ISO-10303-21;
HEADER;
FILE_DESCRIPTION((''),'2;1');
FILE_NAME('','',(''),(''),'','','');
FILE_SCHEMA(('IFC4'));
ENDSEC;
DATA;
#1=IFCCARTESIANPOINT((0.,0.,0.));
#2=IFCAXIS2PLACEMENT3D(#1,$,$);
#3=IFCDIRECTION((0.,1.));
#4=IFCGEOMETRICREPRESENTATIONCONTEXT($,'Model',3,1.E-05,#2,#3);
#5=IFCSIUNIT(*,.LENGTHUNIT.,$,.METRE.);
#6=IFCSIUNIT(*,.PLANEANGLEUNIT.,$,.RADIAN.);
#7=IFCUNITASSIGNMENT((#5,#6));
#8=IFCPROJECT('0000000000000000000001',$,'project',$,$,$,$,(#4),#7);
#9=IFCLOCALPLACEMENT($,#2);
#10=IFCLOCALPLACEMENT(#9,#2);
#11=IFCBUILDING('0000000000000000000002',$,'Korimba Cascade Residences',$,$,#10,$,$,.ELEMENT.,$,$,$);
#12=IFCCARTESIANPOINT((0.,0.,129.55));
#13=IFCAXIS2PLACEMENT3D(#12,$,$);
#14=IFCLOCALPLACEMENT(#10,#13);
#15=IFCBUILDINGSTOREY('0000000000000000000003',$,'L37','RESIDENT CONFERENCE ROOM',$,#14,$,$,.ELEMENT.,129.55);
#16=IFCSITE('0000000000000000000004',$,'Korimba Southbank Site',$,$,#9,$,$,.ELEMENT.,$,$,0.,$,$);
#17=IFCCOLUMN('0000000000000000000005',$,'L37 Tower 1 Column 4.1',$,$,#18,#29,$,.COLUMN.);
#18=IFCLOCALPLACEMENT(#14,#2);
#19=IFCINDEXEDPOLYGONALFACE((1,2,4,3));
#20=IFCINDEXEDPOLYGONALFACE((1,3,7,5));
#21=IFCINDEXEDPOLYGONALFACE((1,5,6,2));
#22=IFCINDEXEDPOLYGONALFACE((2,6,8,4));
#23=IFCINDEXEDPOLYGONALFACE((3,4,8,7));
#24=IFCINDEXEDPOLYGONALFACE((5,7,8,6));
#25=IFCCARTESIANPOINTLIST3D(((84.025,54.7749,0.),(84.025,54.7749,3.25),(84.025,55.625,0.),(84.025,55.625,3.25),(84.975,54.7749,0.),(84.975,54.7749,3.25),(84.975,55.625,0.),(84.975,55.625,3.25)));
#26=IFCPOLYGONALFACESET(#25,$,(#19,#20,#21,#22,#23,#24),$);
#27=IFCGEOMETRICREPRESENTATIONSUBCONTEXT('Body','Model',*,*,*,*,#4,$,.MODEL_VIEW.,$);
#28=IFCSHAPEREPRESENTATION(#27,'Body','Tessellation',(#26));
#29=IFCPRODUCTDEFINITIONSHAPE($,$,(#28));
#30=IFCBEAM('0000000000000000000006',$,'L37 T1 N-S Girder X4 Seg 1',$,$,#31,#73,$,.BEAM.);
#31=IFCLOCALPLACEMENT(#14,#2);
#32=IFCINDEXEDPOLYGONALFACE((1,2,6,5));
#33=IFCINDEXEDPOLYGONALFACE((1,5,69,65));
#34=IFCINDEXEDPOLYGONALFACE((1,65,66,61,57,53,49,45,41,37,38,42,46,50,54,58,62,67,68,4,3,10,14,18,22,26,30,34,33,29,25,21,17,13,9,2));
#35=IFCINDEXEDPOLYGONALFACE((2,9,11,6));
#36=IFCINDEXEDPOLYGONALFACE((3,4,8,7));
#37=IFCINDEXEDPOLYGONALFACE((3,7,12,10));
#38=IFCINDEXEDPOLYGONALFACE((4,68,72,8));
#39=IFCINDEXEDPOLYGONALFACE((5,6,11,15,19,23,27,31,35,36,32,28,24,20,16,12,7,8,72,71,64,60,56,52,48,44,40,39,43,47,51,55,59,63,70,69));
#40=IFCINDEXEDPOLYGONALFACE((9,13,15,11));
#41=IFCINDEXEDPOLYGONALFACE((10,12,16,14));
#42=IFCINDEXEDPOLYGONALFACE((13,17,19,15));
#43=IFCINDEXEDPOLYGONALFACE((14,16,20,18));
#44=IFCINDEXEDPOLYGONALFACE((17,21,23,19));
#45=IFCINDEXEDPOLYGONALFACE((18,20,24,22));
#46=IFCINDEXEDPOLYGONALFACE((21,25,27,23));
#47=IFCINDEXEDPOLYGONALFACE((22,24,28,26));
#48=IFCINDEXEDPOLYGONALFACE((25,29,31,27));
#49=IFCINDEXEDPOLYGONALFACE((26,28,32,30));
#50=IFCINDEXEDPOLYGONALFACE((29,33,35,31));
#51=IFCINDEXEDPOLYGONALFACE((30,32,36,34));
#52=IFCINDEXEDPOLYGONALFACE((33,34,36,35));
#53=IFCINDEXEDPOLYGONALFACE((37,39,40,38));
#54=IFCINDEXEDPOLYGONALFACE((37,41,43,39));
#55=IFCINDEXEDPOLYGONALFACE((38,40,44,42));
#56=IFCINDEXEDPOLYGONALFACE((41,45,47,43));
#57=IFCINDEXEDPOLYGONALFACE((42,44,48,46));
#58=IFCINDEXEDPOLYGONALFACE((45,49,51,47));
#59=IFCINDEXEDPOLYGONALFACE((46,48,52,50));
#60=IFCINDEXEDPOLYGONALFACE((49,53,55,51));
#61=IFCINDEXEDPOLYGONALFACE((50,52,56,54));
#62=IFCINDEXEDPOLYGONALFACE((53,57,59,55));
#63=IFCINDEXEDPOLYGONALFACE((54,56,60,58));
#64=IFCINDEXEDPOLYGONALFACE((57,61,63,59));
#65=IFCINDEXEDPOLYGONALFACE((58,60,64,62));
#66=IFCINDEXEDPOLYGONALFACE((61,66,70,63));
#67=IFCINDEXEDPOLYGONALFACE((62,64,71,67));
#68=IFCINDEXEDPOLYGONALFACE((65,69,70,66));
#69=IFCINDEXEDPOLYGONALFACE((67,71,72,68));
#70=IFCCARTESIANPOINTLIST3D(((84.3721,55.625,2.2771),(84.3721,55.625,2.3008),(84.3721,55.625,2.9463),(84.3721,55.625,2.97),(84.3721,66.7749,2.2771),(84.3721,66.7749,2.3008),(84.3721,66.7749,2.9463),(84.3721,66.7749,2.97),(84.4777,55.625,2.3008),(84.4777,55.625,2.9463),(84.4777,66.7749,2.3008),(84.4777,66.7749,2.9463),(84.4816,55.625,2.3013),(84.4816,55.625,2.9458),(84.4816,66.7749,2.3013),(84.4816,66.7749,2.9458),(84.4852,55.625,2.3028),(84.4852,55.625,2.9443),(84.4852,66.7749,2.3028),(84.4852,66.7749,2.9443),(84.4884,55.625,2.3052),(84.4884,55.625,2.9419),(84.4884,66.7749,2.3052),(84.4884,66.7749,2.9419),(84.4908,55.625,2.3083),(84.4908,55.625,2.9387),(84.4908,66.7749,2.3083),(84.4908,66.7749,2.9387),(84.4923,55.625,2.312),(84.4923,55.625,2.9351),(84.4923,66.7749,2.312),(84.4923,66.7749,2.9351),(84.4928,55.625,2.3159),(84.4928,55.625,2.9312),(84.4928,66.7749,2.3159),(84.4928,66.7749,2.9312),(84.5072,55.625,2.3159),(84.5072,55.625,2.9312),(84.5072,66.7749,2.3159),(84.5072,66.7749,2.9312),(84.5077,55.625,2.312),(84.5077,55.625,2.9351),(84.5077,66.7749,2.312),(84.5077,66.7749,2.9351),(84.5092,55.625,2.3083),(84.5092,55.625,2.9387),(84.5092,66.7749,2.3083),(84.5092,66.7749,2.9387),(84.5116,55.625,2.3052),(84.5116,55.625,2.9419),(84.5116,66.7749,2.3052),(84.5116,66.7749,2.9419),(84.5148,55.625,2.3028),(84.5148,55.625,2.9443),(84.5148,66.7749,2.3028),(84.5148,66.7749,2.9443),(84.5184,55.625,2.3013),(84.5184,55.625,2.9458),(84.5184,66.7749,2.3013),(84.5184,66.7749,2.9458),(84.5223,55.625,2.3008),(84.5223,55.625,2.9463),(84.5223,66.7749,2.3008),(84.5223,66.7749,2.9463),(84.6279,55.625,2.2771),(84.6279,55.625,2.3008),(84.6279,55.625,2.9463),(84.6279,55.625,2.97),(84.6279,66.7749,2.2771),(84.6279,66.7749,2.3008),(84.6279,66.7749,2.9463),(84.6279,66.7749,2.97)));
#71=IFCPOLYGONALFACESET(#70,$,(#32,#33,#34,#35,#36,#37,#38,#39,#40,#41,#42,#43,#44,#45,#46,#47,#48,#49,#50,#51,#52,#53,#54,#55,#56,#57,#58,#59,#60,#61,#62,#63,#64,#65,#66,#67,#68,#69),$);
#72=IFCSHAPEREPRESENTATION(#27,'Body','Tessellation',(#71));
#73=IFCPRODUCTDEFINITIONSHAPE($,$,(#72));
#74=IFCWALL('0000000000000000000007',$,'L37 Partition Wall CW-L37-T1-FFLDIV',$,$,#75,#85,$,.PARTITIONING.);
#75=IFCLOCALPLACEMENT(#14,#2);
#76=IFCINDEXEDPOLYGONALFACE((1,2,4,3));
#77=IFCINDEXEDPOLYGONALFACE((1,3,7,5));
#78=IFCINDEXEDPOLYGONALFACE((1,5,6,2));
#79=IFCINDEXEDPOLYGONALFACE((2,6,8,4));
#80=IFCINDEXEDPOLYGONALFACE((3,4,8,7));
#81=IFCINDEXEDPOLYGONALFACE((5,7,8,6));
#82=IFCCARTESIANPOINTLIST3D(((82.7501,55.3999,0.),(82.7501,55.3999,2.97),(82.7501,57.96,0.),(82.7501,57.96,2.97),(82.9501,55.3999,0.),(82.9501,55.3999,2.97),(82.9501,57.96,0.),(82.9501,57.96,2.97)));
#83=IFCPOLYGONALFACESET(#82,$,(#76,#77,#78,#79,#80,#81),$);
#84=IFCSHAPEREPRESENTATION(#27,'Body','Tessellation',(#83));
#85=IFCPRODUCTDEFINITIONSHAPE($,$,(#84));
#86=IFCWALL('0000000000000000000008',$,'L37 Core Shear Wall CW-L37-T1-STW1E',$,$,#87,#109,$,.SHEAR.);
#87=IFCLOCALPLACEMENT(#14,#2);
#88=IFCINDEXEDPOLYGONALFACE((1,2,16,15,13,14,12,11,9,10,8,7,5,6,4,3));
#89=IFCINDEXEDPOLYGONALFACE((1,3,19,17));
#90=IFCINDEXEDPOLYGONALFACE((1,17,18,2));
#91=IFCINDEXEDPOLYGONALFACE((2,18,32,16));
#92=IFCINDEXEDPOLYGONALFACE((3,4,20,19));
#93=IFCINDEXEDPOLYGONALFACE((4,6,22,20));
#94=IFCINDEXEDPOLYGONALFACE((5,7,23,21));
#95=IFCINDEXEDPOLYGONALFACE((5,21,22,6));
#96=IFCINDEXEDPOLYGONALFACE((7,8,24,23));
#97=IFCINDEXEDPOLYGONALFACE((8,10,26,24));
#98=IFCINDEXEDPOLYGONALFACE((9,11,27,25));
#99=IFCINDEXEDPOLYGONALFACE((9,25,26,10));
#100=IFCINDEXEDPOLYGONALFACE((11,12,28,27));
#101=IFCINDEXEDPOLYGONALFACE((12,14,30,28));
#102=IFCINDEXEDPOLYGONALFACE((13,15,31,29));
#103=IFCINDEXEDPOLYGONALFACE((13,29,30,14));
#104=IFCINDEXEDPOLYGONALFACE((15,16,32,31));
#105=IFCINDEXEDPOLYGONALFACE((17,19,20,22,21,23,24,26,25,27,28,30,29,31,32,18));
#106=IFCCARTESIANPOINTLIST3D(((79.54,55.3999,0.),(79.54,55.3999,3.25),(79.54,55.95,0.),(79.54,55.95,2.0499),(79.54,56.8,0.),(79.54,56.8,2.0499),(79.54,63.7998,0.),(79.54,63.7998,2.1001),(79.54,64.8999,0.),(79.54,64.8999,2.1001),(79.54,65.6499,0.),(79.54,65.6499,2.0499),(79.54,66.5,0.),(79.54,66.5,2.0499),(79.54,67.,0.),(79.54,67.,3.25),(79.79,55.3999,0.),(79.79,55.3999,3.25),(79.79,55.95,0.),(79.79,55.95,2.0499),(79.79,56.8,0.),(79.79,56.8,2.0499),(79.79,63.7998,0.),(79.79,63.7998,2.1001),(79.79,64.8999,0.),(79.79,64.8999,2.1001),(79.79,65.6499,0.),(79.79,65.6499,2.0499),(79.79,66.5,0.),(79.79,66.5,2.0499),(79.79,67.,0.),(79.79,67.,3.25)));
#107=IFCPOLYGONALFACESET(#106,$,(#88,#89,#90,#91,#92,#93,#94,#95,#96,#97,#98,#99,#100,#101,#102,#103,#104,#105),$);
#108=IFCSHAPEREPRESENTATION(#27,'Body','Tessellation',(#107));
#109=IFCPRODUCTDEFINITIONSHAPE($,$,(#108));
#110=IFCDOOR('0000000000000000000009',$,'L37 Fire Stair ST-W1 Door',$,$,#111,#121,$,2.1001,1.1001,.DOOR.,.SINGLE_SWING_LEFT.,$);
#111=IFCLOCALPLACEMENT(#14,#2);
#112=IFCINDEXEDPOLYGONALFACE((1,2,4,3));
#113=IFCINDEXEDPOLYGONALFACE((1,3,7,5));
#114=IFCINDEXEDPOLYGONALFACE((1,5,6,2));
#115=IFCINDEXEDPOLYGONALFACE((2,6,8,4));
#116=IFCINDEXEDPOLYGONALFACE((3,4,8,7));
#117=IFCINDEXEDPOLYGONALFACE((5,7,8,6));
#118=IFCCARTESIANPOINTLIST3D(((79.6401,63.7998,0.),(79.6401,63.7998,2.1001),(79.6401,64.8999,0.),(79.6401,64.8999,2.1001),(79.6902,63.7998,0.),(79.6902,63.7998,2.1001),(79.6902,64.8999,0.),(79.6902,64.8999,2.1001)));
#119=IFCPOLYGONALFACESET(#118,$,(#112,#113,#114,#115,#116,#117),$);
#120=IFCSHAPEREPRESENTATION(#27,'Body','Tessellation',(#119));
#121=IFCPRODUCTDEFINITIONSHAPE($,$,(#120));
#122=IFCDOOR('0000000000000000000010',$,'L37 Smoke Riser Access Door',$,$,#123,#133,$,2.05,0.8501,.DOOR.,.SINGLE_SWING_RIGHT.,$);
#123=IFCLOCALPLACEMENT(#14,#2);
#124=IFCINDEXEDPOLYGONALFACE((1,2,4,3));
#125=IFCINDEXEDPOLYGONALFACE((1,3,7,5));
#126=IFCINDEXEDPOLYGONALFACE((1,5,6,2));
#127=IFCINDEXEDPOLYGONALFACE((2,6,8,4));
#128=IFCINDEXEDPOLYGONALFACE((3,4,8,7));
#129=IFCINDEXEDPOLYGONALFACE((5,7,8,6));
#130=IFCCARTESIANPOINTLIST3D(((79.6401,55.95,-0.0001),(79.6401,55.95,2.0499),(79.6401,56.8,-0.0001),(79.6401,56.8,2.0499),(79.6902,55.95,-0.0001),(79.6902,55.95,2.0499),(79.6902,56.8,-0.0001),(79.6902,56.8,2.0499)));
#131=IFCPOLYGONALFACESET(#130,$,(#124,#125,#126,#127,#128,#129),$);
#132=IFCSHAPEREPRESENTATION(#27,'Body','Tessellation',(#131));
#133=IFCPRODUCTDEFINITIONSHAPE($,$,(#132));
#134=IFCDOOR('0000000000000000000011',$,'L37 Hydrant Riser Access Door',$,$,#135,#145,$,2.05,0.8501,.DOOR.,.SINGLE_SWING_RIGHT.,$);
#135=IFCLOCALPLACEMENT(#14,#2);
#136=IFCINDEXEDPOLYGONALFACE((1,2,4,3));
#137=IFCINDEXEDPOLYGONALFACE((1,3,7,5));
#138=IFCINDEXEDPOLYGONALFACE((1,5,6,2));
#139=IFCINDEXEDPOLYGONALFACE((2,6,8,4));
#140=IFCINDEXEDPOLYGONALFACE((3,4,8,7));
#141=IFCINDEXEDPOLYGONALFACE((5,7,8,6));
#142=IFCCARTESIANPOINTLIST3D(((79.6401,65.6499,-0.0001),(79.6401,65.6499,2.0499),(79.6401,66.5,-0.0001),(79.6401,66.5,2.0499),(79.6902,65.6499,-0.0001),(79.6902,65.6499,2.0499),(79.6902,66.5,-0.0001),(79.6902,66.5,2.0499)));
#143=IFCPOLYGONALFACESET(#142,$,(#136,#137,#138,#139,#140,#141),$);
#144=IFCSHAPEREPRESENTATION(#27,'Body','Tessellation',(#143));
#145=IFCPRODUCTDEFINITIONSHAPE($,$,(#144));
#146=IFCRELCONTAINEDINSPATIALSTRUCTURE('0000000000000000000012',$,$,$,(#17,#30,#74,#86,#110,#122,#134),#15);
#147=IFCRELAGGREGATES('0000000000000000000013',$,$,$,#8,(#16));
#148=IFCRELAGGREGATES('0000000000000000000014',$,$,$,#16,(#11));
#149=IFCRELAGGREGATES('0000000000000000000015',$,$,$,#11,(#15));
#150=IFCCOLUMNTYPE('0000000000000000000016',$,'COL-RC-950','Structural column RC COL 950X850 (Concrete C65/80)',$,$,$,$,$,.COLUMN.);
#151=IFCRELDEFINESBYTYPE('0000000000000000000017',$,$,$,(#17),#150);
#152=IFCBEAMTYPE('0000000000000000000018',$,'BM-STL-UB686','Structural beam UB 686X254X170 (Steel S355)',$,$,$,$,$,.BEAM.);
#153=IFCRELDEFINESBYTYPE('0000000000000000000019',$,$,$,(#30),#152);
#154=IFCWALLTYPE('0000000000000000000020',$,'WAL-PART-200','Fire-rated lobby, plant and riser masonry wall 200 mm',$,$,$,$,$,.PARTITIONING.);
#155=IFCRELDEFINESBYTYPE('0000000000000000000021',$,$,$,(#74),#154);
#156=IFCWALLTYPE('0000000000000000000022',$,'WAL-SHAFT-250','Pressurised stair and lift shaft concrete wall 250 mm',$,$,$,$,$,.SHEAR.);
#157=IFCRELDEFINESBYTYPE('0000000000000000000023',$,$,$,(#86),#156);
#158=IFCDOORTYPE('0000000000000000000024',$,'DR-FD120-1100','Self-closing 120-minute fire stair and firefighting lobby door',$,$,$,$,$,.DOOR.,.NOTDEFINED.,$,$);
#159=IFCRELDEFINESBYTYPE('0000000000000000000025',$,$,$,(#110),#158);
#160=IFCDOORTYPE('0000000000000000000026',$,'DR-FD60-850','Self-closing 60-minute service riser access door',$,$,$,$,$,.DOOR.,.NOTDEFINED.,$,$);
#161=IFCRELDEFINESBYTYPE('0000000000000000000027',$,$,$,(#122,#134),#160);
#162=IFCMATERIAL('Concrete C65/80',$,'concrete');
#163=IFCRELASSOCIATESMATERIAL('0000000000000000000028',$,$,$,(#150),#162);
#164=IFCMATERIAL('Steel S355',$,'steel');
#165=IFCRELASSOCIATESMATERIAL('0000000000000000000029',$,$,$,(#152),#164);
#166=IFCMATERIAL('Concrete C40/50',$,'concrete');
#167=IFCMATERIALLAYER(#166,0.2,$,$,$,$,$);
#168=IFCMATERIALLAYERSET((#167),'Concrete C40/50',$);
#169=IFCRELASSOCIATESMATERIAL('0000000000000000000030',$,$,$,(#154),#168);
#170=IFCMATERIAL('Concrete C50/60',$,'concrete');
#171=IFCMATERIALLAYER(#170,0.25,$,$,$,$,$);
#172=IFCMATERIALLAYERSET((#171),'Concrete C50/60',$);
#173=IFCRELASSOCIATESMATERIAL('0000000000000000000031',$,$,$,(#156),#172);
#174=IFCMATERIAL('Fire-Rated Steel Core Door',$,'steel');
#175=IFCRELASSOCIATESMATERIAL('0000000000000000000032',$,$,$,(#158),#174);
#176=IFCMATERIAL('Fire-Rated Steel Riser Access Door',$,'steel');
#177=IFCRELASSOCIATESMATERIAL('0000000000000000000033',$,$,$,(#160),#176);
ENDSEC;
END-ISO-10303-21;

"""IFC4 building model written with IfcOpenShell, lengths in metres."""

from ifc_helpers import new_model, si_unit, direction, frame, frame_2d, origin, origin_2d, place, context, subcontext, project, spatial, rectangle, i_section, extrude, material, layer, layer_set, material_profile, profile_set, type_object, element, fill, save


model = new_model("IFC4")

# Units and contexts
model_context = context("Model", 3, precision=1e-05, world=origin(), true_north=direction((0.0, 1.0)))
body_context = subcontext(model_context, "Body", "Model", "MODEL_VIEW")
ifc_project = project(units=[si_unit("LENGTHUNIT", "METRE"), si_unit("PLANEANGLEUNIT", "RADIAN")], contexts=[model_context])

# Site, building, storey
site_placement = place(None, origin())
site = spatial("IfcSite", under=ifc_project, at=site_placement, Name="Korimba Southbank Site", CompositionType="ELEMENT", RefElevation=0.0)
building_placement = place(site_placement, origin())
building = spatial("IfcBuilding", under=site, at=building_placement, Name="Korimba Cascade Residences", CompositionType="ELEMENT")
storey_placement = place(building_placement, frame((0.0, 0.0, 129.55)))
storey = spatial("IfcBuildingStorey", under=building, at=storey_placement, Name="L37", Description="RESIDENT CONFERENCE ROOM", CompositionType="ELEMENT", Elevation=129.55)

# Column
ifc_material_1 = material(Name="Concrete C65/80", Category="concrete")
ifc_material_profile_1 = material_profile(ifc_material_1, rectangle(XDim=0.95, YDim=0.8501, at=origin_2d()), Name="Concrete C65/80")
ifc_profile_set_1 = profile_set([ifc_material_profile_1], Name="Concrete C65/80")
column_type = type_object("IfcColumnType", Name="COL-RC-950", Description="Structural column RC COL 950X850 (Concrete C65/80)", PredefinedType="COLUMN", material=ifc_profile_set_1)
column_placement = place(storey_placement, frame((84.5, 55.2, 0.0), z_axis=(0.0, 0.0, 1.0), x_axis=(1.0, 0.0, 0.0)))
element("IfcColumn", 1, at=column_placement, inside=storey, type_object=column_type, Name="L37 Tower 1 Column 4.1", PredefinedType="COLUMN", context=body_context, shape_type="SweptSolid", body=[
    extrude(rectangle(XDim=0.95, YDim=0.8501, at=origin_2d()), origin(), (0.0, 0.0, 1.0), 3.25),
])

# Beam
ifc_material_2 = material(Name="Steel S355", Category="steel")
ifc_material_profile_2 = material_profile(ifc_material_2, i_section(OverallWidth=0.2559, OverallDepth=0.6929, WebThickness=0.0144, FlangeThickness=0.0237, FilletRadius=0.0151, at=origin_2d()), Name="Steel S355")
ifc_profile_set_2 = profile_set([ifc_material_profile_2], Name="Steel S355")
beam_type = type_object("IfcBeamType", Name="BM-STL-UB686", Description="Structural beam UB 686X254X170 (Steel S355)", PredefinedType="BEAM", material=ifc_profile_set_2)
beam_placement = place(storey_placement, frame((84.5, 55.625, 2.6235), z_axis=(0.0, 1.0, 0.0), x_axis=(-1.0, 0.0, 0.0)))
element("IfcBeam", 2, at=beam_placement, inside=storey, type_object=beam_type, Name="L37 T1 N-S Girder X4 Seg 1", PredefinedType="BEAM", context=body_context, shape_type="SweptSolid", body=[
    extrude(i_section(OverallWidth=0.2559, OverallDepth=0.6929, WebThickness=0.0144, FlangeThickness=0.0237, FilletRadius=0.0151, at=origin_2d()), origin(), (0.0, 0.0, 1.0), 11.1499),
])

# Wall
ifc_material_3 = material(Name="Concrete C40/50", Category="concrete")
ifc_layer_1 = layer(ifc_material_3, 0.2)
ifc_layer_set_1 = layer_set([ifc_layer_1], Name="Concrete C40/50")
wall_type_1 = type_object("IfcWallType", Name="WAL-PART-200", Description="Fire-rated lobby, plant and riser masonry wall 200 mm", PredefinedType="PARTITIONING", material=ifc_layer_set_1)
wall_1_placement = place(storey_placement, frame((82.8501, 55.3999, 0.0), z_axis=(0.0, 0.0, 1.0), x_axis=(0.0, 1.0, 0.0)))
element("IfcWall", 3, at=wall_1_placement, inside=storey, type_object=wall_type_1, Name="L37 Partition Wall CW-L37-T1-FFLDIV", PredefinedType="PARTITIONING", context=body_context, shape_type="SweptSolid", body=[
    extrude(rectangle(XDim=2.5601, YDim=0.2, at=frame_2d((1.28, 0.0))), origin(), (0.0, 0.0, 1.0), 2.97),
])

# Wall, openings, doors
ifc_material_4 = material(Name="Concrete C50/60", Category="concrete")
ifc_layer_2 = layer(ifc_material_4, 0.25)
ifc_layer_set_2 = layer_set([ifc_layer_2], Name="Concrete C50/60")
wall_type_2 = type_object("IfcWallType", Name="WAL-SHAFT-250", Description="Pressurised stair and lift shaft concrete wall 250 mm", PredefinedType="SHEAR", material=ifc_layer_set_2)
wall_2_placement = place(storey_placement, frame((79.665, 55.3999, 0.0), z_axis=(0.0, 0.0, 1.0), x_axis=(0.0, 1.0, 0.0)))
wall_2 = element("IfcWall", 4, at=wall_2_placement, inside=storey, type_object=wall_type_2, Name="L37 Core Shear Wall CW-L37-T1-STW1E", PredefinedType="SHEAR", context=body_context, shape_type="SweptSolid", body=[
    extrude(rectangle(XDim=11.6001, YDim=0.25, at=frame_2d((5.8, 0.0))), origin(), (0.0, 0.0, 1.0), 3.25),
])
opening_1_placement = place(wall_2_placement, frame((0.55, 0.0, 0.0)))
opening_1 = element("IfcOpeningElement", 5, at=opening_1_placement, cuts=wall_2, PredefinedType="OPENING", context=body_context, shape_type="SweptSolid", body=[
    extrude(rectangle(XDim=0.8501, YDim=2.05, at=frame_2d((0.425, 1.0249))), frame((0.0, 0.135, 0.0), z_axis=(0.0, -1.0, 0.0), x_axis=(1.0, 0.0, 0.0)), (0.0, 0.0, 1.0), 0.27),
])
opening_2_placement = place(wall_2_placement, frame((8.3999, 0.0, 0.0)))
opening_2 = element("IfcOpeningElement", 6, at=opening_2_placement, cuts=wall_2, PredefinedType="OPENING", context=body_context, shape_type="SweptSolid", body=[
    extrude(rectangle(XDim=1.1001, YDim=2.1001, at=frame_2d((0.55, 1.05))), frame((0.0, 0.135, 0.0), z_axis=(0.0, -1.0, 0.0), x_axis=(1.0, 0.0, 0.0)), (0.0, 0.0, 1.0), 0.27),
])
opening_3_placement = place(wall_2_placement, frame((10.25, 0.0, 0.0)))
opening_3 = element("IfcOpeningElement", 7, at=opening_3_placement, cuts=wall_2, PredefinedType="OPENING", context=body_context, shape_type="SweptSolid", body=[
    extrude(rectangle(XDim=0.8501, YDim=2.05, at=frame_2d((0.425, 1.0249))), frame((0.0, 0.135, 0.0), z_axis=(0.0, -1.0, 0.0), x_axis=(1.0, 0.0, 0.0)), (0.0, 0.0, 1.0), 0.27),
])
ifc_material_5 = material(Name="Fire-Rated Steel Core Door", Category="steel")
door_type_1 = type_object("IfcDoorType", Name="DR-FD120-1100", Description="Self-closing 120-minute fire stair and firefighting lobby door", OperationType="NOTDEFINED", PredefinedType="DOOR", material=ifc_material_5)
door_1_placement = place(opening_2_placement, origin())
door_1 = element("IfcDoor", 8, at=door_1_placement, inside=storey, type_object=door_type_1, Name="L37 Fire Stair ST-W1 Door", OperationType="SINGLE_SWING_LEFT", OverallHeight=2.1001, OverallWidth=1.1001, PredefinedType="DOOR", context=body_context, shape_type="SweptSolid", body=[
    extrude(rectangle(XDim=1.1001, YDim=2.1001, at=frame_2d((0.55, 1.05))), frame((0.0, 0.0249, 0.0), z_axis=(0.0, -1.0, 0.0), x_axis=(1.0, 0.0, 0.0)), (0.0, 0.0, 1.0), 0.05),
])
fill(opening_2, door_1)
ifc_material_6 = material(Name="Fire-Rated Steel Riser Access Door", Category="steel")
door_type_2 = type_object("IfcDoorType", Name="DR-FD60-850", Description="Self-closing 60-minute service riser access door", OperationType="NOTDEFINED", PredefinedType="DOOR", material=ifc_material_6)
door_2_placement = place(opening_1_placement, origin())
door_2 = element("IfcDoor", 9, at=door_2_placement, inside=storey, type_object=door_type_2, Name="L37 Smoke Riser Access Door", OperationType="SINGLE_SWING_RIGHT", OverallHeight=2.05, OverallWidth=0.8501, PredefinedType="DOOR", context=body_context, shape_type="SweptSolid", body=[
    extrude(rectangle(XDim=0.8501, YDim=2.05, at=frame_2d((0.425, 1.0249))), frame((0.0, 0.0249, 0.0), z_axis=(0.0, -1.0, 0.0), x_axis=(1.0, 0.0, 0.0)), (0.0, 0.0, 1.0), 0.05),
])
fill(opening_1, door_2)
door_3_placement = place(opening_3_placement, origin())
door_3 = element("IfcDoor", 10, at=door_3_placement, inside=storey, type_object=door_type_2, Name="L37 Hydrant Riser Access Door", OperationType="SINGLE_SWING_RIGHT", OverallHeight=2.05, OverallWidth=0.8501, PredefinedType="DOOR", context=body_context, shape_type="SweptSolid", body=[
    extrude(rectangle(XDim=0.8501, YDim=2.05, at=frame_2d((0.425, 1.0249))), frame((0.0, 0.0249, 0.0), z_axis=(0.0, -1.0, 0.0), x_axis=(1.0, 0.0, 0.0)), (0.0, 0.0, 1.0), 0.05),
])
fill(opening_3, door_3)

save(model, "model.ifc")
